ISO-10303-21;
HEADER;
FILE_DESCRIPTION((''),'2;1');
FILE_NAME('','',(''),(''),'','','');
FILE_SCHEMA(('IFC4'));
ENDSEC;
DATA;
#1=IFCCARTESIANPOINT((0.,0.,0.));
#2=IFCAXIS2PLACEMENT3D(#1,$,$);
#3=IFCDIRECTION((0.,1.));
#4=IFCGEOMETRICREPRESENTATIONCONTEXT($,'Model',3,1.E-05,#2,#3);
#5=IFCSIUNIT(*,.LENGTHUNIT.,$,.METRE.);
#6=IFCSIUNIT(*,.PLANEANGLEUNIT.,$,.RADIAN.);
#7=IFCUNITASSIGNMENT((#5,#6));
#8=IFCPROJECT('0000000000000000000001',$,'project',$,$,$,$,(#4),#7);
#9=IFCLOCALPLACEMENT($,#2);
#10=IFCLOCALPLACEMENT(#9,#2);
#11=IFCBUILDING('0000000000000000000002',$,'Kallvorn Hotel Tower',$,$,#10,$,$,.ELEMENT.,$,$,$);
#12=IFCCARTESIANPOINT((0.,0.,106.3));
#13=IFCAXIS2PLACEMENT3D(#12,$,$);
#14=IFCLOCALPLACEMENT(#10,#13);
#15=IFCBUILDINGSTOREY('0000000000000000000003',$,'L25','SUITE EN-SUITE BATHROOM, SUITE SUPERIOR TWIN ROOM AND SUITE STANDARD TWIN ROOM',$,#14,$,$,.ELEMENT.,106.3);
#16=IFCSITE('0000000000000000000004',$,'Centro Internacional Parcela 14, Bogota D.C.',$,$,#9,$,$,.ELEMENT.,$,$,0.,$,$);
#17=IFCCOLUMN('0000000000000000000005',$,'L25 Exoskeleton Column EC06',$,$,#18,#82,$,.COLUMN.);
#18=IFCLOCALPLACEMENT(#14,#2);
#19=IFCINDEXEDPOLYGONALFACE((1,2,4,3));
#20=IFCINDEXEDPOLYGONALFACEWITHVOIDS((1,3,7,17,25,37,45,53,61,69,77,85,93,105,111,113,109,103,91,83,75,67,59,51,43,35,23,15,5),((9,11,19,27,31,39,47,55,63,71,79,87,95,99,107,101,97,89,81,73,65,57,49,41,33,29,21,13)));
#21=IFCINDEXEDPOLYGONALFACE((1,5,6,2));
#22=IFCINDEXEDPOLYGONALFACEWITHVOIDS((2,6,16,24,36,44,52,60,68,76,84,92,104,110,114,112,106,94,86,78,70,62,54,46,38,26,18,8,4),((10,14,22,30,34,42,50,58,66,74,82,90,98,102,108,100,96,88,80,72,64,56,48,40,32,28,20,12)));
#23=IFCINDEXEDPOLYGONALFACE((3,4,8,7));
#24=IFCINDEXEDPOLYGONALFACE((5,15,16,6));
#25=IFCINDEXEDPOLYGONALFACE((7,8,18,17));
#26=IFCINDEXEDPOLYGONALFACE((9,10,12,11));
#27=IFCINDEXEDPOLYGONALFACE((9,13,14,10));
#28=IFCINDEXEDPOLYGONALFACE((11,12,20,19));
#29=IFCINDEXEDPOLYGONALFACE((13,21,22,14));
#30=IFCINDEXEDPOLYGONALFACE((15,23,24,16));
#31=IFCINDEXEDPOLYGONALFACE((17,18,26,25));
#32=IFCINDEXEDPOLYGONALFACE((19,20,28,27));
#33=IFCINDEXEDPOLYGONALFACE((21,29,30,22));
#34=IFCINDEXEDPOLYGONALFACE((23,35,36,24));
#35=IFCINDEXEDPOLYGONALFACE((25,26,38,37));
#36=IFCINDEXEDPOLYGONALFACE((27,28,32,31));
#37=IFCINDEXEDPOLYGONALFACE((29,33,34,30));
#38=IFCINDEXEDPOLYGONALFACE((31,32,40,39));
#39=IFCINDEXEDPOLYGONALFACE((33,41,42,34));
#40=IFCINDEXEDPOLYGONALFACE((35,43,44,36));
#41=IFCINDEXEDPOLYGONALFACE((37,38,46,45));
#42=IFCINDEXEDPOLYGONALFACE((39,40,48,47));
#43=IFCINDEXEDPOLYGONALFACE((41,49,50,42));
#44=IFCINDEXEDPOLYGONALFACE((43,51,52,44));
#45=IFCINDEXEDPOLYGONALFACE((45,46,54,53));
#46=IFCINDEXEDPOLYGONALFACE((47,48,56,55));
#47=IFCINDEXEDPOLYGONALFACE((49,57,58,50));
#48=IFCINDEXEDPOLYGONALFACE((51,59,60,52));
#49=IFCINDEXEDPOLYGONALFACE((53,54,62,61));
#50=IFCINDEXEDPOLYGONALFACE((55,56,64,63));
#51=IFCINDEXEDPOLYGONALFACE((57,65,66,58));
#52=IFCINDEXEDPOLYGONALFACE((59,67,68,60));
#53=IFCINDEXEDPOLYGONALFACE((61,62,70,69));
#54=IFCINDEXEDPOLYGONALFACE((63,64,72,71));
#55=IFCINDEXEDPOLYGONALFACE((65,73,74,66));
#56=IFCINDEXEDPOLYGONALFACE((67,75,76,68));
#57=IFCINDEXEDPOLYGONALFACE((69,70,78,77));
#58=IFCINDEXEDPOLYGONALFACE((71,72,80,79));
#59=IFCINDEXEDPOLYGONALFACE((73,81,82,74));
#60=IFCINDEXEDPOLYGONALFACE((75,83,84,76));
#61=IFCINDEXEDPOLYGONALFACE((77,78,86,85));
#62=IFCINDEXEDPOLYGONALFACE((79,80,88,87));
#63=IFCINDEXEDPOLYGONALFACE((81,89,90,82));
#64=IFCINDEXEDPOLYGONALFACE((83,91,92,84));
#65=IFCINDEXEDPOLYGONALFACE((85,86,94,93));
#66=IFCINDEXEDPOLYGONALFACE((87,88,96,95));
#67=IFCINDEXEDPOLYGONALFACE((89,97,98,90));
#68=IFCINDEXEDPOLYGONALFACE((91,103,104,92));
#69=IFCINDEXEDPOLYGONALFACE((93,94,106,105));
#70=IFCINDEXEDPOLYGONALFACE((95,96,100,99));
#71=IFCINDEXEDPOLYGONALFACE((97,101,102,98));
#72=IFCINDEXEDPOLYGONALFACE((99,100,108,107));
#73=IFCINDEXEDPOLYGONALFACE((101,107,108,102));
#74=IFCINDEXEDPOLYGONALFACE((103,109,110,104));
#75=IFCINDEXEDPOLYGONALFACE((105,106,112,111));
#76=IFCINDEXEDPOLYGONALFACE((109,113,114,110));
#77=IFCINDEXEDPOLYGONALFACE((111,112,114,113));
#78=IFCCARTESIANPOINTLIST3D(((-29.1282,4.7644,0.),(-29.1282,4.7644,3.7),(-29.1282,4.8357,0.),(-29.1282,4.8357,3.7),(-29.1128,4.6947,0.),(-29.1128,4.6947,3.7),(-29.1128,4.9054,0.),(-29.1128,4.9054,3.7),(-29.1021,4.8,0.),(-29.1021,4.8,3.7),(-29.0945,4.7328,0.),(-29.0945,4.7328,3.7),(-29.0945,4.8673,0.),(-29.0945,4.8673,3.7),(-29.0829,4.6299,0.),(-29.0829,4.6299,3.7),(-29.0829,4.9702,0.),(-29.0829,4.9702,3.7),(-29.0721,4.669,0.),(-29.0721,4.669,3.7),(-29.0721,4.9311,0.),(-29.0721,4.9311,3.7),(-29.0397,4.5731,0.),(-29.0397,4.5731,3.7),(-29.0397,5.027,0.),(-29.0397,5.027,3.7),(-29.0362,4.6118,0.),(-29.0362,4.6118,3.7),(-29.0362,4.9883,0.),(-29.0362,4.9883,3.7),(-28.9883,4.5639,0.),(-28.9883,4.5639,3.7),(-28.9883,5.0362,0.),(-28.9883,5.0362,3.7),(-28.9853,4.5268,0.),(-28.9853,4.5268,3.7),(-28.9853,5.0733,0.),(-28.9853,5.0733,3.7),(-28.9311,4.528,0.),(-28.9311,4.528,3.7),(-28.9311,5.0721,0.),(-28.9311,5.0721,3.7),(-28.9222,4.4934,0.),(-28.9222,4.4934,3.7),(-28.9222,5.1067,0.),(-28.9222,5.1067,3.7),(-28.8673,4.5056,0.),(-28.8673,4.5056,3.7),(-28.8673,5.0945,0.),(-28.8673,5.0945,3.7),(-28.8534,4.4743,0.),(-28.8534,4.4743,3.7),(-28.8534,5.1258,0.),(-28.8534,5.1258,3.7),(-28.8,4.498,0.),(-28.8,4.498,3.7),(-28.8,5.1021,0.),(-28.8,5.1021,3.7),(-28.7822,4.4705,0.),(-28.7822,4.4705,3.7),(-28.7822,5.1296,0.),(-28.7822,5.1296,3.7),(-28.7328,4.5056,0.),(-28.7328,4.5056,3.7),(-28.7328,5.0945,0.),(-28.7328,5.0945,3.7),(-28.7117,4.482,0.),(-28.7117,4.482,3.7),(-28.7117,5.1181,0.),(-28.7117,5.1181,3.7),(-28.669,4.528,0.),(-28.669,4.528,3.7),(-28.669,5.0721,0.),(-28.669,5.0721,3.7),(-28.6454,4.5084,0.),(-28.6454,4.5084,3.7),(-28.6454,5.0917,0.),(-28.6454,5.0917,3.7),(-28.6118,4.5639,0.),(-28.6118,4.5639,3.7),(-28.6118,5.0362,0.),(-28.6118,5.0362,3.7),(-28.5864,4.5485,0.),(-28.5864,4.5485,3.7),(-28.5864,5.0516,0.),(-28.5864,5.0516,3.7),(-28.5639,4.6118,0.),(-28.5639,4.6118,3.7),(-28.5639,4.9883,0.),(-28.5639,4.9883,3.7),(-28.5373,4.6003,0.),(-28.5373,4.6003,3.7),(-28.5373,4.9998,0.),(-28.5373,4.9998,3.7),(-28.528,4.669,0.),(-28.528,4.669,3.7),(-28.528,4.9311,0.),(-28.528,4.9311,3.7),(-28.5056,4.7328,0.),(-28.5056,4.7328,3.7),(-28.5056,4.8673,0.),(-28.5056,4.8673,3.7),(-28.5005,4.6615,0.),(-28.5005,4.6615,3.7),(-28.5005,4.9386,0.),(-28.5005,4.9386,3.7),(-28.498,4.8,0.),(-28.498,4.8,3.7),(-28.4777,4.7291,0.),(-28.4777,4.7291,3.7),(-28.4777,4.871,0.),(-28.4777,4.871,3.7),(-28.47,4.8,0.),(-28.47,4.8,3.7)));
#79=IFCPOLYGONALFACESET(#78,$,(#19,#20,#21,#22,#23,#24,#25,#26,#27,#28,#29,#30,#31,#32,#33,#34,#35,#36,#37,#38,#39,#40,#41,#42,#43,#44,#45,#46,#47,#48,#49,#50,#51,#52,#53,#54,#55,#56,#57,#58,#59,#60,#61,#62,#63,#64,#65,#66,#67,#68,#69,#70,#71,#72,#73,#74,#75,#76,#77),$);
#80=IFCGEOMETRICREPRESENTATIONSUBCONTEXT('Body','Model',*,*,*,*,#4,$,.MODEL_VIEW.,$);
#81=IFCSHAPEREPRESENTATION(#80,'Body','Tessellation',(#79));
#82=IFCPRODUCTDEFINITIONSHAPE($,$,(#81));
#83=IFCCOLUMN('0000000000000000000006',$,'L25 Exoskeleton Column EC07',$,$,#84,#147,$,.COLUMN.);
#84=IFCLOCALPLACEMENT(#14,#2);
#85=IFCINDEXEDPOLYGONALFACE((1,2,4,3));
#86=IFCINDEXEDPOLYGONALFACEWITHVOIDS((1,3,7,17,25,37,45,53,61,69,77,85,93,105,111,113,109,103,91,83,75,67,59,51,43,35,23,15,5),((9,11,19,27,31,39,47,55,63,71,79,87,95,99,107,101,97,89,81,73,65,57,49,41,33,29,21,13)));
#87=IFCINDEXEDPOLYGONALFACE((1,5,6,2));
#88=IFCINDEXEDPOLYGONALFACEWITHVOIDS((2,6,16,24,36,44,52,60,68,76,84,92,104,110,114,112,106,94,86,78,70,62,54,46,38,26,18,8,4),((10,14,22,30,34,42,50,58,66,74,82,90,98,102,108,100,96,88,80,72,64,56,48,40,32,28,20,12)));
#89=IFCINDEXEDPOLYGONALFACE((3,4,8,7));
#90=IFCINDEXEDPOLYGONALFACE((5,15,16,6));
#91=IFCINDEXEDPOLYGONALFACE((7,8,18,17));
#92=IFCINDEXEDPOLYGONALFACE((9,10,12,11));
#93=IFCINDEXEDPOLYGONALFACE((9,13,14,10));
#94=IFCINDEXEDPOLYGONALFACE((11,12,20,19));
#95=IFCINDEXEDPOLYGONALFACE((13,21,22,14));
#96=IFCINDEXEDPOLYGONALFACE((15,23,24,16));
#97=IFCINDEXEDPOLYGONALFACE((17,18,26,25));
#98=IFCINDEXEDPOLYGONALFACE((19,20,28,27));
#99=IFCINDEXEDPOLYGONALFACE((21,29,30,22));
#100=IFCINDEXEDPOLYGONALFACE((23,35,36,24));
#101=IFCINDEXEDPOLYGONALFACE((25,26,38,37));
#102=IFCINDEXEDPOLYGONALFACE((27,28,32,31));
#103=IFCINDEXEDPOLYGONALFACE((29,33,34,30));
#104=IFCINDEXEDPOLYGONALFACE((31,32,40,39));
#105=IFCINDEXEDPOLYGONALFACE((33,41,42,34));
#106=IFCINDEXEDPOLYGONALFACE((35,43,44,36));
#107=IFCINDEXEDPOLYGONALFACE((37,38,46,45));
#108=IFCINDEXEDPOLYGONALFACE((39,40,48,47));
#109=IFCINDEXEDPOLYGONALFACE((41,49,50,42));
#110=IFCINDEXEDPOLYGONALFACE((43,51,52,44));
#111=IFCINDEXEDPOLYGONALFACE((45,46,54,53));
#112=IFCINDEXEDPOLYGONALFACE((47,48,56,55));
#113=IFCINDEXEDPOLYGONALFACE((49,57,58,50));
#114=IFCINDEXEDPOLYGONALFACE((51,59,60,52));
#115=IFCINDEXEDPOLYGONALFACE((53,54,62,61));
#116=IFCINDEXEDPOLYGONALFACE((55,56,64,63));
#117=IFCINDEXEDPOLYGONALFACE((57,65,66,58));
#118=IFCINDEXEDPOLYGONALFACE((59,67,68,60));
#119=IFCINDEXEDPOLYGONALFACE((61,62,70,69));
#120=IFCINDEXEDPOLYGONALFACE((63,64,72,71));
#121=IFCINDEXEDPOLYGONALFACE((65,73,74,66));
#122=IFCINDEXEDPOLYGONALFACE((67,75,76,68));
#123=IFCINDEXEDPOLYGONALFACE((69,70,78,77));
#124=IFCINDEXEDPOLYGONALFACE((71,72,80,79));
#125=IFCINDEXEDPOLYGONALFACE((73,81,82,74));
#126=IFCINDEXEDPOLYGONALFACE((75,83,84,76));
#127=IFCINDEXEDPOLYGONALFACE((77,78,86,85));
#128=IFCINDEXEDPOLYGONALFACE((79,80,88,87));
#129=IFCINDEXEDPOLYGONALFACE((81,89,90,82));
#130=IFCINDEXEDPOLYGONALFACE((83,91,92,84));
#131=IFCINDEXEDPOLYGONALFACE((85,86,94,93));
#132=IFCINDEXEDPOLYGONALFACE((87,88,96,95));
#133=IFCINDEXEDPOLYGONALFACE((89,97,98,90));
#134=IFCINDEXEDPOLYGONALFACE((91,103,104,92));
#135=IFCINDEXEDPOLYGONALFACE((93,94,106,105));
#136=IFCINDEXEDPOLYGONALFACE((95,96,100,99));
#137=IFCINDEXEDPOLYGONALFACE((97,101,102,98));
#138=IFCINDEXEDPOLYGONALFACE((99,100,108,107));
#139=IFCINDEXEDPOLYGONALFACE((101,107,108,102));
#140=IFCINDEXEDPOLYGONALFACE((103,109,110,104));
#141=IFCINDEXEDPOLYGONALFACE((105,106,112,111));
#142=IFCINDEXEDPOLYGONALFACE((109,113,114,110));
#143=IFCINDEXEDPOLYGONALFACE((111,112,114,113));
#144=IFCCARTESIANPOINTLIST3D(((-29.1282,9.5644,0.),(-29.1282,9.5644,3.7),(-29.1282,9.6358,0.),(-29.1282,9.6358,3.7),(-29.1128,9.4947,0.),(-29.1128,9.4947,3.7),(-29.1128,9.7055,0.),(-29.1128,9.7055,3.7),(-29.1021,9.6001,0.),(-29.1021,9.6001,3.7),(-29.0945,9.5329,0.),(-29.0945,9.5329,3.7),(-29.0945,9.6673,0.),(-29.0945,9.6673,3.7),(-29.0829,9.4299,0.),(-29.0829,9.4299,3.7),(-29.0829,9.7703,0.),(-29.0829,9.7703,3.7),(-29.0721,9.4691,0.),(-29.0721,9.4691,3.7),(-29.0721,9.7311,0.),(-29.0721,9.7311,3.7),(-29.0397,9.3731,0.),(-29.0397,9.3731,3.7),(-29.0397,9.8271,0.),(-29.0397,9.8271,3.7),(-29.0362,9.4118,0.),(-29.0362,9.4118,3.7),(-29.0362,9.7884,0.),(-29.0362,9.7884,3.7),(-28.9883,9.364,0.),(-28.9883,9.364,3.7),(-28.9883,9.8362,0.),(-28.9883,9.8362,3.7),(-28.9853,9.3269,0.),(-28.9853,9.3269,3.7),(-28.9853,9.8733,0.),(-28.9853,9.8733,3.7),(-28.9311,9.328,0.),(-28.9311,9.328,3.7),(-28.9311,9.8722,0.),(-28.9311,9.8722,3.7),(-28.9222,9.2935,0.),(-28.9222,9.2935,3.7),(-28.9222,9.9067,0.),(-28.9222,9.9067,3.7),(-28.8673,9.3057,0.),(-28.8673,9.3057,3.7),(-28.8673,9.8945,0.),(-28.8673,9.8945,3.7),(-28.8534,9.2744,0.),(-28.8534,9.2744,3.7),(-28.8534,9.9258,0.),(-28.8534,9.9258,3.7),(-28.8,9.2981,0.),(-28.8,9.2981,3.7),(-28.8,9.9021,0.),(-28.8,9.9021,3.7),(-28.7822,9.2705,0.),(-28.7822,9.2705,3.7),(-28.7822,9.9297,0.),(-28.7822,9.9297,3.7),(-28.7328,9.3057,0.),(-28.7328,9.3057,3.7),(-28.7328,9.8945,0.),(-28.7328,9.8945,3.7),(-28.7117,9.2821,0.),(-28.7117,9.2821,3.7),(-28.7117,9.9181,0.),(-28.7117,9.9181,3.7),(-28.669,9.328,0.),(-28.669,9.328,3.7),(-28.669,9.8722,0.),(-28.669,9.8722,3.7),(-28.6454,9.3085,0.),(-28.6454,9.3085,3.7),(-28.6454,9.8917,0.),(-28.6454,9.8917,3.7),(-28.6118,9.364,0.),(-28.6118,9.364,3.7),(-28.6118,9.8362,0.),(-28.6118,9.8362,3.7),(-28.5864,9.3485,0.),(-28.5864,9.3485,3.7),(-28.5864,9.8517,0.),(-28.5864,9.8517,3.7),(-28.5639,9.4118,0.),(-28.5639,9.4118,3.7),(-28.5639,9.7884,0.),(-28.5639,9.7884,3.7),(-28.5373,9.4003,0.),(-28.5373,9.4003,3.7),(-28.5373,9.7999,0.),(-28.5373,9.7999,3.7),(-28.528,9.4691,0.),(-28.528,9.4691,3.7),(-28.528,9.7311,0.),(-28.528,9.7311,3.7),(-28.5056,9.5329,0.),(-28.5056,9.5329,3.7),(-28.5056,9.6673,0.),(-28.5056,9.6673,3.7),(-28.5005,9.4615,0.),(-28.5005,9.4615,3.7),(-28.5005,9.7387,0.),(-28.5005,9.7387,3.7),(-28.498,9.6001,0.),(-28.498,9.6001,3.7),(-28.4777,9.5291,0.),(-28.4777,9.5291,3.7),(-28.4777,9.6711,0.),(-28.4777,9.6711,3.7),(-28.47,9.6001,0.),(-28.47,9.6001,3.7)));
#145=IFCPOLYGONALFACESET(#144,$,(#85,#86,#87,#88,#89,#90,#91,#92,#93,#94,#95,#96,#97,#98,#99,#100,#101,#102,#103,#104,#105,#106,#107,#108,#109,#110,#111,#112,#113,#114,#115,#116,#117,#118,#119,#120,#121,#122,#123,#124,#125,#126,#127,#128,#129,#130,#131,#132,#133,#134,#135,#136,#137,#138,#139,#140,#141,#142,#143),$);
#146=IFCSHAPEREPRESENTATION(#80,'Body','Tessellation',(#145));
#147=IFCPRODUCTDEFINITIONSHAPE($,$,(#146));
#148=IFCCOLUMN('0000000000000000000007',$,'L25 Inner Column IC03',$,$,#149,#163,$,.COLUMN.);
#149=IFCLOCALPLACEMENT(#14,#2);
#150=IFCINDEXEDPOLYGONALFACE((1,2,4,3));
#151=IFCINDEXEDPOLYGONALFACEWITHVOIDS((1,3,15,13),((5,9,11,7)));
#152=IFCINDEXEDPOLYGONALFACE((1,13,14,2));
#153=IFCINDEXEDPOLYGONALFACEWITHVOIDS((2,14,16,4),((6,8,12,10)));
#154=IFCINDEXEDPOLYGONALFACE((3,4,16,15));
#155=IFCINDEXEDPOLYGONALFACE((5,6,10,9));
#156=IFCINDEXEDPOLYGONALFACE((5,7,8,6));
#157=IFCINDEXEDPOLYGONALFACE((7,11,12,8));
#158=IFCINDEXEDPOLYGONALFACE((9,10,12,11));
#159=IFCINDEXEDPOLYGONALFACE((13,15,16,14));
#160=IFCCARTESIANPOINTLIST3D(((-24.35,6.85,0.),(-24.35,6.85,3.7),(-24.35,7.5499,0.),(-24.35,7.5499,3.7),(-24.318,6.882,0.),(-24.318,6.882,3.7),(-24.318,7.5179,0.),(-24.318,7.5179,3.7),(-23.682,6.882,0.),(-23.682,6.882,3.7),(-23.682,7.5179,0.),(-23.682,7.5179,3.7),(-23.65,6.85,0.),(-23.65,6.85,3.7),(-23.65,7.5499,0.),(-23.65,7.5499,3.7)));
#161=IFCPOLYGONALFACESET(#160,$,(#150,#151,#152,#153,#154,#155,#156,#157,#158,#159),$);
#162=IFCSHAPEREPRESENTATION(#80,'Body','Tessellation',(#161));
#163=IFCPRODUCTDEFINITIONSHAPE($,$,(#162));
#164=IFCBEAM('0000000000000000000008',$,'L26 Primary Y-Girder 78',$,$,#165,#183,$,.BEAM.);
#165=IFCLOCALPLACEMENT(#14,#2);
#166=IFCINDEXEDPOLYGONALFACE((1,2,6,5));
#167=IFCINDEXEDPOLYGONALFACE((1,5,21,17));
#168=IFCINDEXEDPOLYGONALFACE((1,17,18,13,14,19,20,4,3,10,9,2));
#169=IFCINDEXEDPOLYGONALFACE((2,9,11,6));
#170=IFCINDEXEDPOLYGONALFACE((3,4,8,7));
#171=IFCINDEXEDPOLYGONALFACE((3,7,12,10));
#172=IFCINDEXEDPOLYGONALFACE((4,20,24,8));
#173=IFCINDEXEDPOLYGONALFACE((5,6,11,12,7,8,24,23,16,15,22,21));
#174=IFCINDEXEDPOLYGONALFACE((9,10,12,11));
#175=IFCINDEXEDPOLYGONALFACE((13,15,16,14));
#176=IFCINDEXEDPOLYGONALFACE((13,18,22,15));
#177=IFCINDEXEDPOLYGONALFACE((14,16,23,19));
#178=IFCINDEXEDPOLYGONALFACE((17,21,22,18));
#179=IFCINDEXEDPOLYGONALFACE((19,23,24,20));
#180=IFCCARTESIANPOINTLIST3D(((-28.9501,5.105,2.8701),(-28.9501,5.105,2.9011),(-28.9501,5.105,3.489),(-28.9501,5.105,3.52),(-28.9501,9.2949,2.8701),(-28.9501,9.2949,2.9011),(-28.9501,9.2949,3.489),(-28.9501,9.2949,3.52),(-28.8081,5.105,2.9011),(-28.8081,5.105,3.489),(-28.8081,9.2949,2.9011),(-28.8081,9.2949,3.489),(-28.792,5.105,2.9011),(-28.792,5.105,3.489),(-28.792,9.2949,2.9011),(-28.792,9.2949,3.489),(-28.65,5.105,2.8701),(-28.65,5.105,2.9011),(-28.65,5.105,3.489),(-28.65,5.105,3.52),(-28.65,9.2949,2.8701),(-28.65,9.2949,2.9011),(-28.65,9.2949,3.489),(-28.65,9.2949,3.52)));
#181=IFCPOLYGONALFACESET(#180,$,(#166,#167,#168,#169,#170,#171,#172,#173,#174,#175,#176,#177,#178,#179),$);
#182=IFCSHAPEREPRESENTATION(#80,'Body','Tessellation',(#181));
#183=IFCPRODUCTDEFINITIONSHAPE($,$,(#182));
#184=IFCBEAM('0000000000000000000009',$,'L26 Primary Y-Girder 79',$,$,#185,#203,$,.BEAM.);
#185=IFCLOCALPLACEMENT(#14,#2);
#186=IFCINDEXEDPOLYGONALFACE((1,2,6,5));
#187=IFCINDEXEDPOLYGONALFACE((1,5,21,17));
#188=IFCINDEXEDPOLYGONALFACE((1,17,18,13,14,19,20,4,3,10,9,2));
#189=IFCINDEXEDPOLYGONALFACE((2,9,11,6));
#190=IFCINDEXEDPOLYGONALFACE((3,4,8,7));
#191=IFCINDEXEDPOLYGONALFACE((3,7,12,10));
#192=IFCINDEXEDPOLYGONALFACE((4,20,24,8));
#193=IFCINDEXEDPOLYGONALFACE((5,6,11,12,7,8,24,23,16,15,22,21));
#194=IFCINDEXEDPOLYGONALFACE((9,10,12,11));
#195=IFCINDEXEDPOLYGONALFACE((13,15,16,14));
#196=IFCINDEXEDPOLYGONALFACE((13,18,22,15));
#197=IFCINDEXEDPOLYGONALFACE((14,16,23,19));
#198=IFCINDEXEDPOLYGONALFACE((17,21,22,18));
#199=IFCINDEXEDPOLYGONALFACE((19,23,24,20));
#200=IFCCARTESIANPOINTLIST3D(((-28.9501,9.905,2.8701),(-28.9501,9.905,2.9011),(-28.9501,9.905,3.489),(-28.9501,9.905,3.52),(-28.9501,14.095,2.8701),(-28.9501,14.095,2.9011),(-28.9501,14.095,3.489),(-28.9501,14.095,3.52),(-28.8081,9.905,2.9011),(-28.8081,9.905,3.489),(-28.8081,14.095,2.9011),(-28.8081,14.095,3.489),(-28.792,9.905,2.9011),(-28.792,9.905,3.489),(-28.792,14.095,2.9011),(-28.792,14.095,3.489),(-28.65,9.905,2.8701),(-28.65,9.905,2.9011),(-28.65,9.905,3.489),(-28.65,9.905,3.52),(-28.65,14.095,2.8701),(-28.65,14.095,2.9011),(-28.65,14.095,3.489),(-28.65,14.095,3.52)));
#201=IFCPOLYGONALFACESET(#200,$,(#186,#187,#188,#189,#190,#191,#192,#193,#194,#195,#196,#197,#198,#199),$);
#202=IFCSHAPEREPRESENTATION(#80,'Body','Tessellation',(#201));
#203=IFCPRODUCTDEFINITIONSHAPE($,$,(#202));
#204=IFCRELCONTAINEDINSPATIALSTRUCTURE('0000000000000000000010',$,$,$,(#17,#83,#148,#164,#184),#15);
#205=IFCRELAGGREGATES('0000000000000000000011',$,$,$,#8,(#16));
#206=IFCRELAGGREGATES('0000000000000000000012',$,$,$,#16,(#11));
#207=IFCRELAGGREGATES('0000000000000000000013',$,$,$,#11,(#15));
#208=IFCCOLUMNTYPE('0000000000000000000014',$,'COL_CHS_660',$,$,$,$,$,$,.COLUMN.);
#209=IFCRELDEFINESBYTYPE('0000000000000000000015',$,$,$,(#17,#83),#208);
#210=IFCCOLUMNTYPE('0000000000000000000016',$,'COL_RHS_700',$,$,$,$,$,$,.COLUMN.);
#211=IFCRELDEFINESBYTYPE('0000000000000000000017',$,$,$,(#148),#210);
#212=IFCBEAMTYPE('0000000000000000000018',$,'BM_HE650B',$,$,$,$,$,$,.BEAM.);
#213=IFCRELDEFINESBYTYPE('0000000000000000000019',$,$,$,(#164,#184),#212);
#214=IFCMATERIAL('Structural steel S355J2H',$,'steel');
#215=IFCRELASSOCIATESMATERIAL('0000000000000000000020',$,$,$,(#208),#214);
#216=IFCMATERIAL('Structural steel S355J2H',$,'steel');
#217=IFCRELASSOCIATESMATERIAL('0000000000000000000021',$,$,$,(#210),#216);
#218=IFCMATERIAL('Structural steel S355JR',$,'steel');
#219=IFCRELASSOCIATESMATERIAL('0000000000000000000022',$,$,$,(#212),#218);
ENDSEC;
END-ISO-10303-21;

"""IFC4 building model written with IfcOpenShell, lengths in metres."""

from ifc_helpers import new_model, si_unit, direction, frame, origin, origin_2d, place, context, subcontext, project, spatial, hollow_rectangle, hollow_circle, i_section, extrude, material, material_profile, profile_set, type_object, element, save


model = new_model("IFC4")

# Units and contexts
model_context = context("Model", 3, precision=1e-05, world=origin(), true_north=direction((0.0, 1.0)))
body_context = subcontext(model_context, "Body", "Model", "MODEL_VIEW")
ifc_project = project(units=[si_unit("LENGTHUNIT", "METRE"), si_unit("PLANEANGLEUNIT", "RADIAN")], contexts=[model_context])

# Site, building, storey
site_placement = place(None, origin())
site = spatial("IfcSite", under=ifc_project, at=site_placement, Name="Centro Internacional Parcela 14, Bogota D.C.", CompositionType="ELEMENT", RefElevation=0.0)
building_placement = place(site_placement, origin())
building = spatial("IfcBuilding", under=site, at=building_placement, Name="Kallvorn Hotel Tower", CompositionType="ELEMENT")
storey_placement = place(building_placement, frame((0.0, 0.0, 106.3)))
storey = spatial("IfcBuildingStorey", under=building, at=storey_placement, Name="L25", Description="SUITE EN-SUITE BATHROOM, SUITE SUPERIOR TWIN ROOM AND SUITE STANDARD TWIN ROOM", CompositionType="ELEMENT", Elevation=106.3)

# Columns
ifc_material_1 = material(Name="Structural steel S355J2H", Category="steel")
ifc_material_profile_1 = material_profile(ifc_material_1, hollow_circle(Radius=0.3301, WallThickness=0.0281, at=origin_2d()), Name="CHS 660x28")
ifc_profile_set_1 = profile_set([ifc_material_profile_1], Name="Structural steel S355J2H")
column_type_1 = type_object("IfcColumnType", Name="COL_CHS_660", PredefinedType="COLUMN", material=ifc_profile_set_1)
for number, where, z_axis, x_axis, name in (
    (1, (-28.8, 4.8, 0.0), (0.0, 0.0, 1.0), (1.0, 0.0, 0.0), "L25 Exoskeleton Column EC06"),
    (2, (-28.8, 9.6001, 0.0), (0.0, 0.0, 1.0), (1.0, 0.0, 0.0), "L25 Exoskeleton Column EC07"),
):
    element("IfcColumn", number, at=place(storey_placement, frame(where, z_axis=z_axis, x_axis=x_axis)), inside=storey, type_object=column_type_1, Name=name, PredefinedType="COLUMN", context=body_context, shape_type="SweptSolid", body=[
        extrude(hollow_circle(Radius=0.3301, WallThickness=0.0281, at=origin_2d()), origin(), (0.0, 0.0, 1.0), 3.7),
    ])
ifc_material_2 = material(Name="Structural steel S355J2H", Category="steel")
ifc_material_profile_2 = material_profile(ifc_material_2, hollow_rectangle(XDim=0.7, YDim=0.7, WallThickness=0.032, at=origin_2d()), Name="RHS 700x700x32")
ifc_profile_set_2 = profile_set([ifc_material_profile_2], Name="Structural steel S355J2H")
column_type_2 = type_object("IfcColumnType", Name="COL_RHS_700", PredefinedType="COLUMN", material=ifc_profile_set_2)
column_placement = place(storey_placement, frame((-24.0, 7.2, 0.0), z_axis=(0.0, 0.0, 1.0), x_axis=(1.0, 0.0, 0.0)))
element("IfcColumn", 3, at=column_placement, inside=storey, type_object=column_type_2, Name="L25 Inner Column IC03", PredefinedType="COLUMN", context=body_context, shape_type="SweptSolid", body=[
    extrude(hollow_rectangle(XDim=0.7, YDim=0.7, WallThickness=0.032, at=origin_2d()), origin(), (0.0, 0.0, 1.0), 3.7),
])

# Beams
ifc_material_3 = material(Name="Structural steel S355JR", Category="steel")
ifc_material_profile_3 = material_profile(ifc_material_3, i_section(OverallWidth=0.3, OverallDepth=0.6499, WebThickness=0.0161, FlangeThickness=0.031, at=origin_2d()), Name="HE 650 B")
ifc_profile_set_3 = profile_set([ifc_material_profile_3], Name="Structural steel S355JR")
beam_type_1 = type_object("IfcBeamType", Name="BM_HE650B", PredefinedType="BEAM", material=ifc_profile_set_3)
for number, where, z_axis, x_axis, name in (
    (4, (-28.8, 5.105, 3.1951), (0.0, 1.0, 0.0), (-1.0, 0.0, 0.0), "L26 Primary Y-Girder 78"),
    (5, (-28.8, 9.905, 3.1951), (0.0, 1.0, 0.0), (-1.0, 0.0, 0.0), "L26 Primary Y-Girder 79"),
):
    element("IfcBeam", number, at=place(storey_placement, frame(where, z_axis=z_axis, x_axis=x_axis)), inside=storey, type_object=beam_type_1, Name=name, PredefinedType="BEAM", context=body_context, shape_type="SweptSolid", body=[
        extrude(i_section(OverallWidth=0.3, OverallDepth=0.6499, WebThickness=0.0161, FlangeThickness=0.031, at=origin_2d()), origin(), (0.0, 0.0, 1.0), 4.1899),
    ])

save(model, "model.ifc")
